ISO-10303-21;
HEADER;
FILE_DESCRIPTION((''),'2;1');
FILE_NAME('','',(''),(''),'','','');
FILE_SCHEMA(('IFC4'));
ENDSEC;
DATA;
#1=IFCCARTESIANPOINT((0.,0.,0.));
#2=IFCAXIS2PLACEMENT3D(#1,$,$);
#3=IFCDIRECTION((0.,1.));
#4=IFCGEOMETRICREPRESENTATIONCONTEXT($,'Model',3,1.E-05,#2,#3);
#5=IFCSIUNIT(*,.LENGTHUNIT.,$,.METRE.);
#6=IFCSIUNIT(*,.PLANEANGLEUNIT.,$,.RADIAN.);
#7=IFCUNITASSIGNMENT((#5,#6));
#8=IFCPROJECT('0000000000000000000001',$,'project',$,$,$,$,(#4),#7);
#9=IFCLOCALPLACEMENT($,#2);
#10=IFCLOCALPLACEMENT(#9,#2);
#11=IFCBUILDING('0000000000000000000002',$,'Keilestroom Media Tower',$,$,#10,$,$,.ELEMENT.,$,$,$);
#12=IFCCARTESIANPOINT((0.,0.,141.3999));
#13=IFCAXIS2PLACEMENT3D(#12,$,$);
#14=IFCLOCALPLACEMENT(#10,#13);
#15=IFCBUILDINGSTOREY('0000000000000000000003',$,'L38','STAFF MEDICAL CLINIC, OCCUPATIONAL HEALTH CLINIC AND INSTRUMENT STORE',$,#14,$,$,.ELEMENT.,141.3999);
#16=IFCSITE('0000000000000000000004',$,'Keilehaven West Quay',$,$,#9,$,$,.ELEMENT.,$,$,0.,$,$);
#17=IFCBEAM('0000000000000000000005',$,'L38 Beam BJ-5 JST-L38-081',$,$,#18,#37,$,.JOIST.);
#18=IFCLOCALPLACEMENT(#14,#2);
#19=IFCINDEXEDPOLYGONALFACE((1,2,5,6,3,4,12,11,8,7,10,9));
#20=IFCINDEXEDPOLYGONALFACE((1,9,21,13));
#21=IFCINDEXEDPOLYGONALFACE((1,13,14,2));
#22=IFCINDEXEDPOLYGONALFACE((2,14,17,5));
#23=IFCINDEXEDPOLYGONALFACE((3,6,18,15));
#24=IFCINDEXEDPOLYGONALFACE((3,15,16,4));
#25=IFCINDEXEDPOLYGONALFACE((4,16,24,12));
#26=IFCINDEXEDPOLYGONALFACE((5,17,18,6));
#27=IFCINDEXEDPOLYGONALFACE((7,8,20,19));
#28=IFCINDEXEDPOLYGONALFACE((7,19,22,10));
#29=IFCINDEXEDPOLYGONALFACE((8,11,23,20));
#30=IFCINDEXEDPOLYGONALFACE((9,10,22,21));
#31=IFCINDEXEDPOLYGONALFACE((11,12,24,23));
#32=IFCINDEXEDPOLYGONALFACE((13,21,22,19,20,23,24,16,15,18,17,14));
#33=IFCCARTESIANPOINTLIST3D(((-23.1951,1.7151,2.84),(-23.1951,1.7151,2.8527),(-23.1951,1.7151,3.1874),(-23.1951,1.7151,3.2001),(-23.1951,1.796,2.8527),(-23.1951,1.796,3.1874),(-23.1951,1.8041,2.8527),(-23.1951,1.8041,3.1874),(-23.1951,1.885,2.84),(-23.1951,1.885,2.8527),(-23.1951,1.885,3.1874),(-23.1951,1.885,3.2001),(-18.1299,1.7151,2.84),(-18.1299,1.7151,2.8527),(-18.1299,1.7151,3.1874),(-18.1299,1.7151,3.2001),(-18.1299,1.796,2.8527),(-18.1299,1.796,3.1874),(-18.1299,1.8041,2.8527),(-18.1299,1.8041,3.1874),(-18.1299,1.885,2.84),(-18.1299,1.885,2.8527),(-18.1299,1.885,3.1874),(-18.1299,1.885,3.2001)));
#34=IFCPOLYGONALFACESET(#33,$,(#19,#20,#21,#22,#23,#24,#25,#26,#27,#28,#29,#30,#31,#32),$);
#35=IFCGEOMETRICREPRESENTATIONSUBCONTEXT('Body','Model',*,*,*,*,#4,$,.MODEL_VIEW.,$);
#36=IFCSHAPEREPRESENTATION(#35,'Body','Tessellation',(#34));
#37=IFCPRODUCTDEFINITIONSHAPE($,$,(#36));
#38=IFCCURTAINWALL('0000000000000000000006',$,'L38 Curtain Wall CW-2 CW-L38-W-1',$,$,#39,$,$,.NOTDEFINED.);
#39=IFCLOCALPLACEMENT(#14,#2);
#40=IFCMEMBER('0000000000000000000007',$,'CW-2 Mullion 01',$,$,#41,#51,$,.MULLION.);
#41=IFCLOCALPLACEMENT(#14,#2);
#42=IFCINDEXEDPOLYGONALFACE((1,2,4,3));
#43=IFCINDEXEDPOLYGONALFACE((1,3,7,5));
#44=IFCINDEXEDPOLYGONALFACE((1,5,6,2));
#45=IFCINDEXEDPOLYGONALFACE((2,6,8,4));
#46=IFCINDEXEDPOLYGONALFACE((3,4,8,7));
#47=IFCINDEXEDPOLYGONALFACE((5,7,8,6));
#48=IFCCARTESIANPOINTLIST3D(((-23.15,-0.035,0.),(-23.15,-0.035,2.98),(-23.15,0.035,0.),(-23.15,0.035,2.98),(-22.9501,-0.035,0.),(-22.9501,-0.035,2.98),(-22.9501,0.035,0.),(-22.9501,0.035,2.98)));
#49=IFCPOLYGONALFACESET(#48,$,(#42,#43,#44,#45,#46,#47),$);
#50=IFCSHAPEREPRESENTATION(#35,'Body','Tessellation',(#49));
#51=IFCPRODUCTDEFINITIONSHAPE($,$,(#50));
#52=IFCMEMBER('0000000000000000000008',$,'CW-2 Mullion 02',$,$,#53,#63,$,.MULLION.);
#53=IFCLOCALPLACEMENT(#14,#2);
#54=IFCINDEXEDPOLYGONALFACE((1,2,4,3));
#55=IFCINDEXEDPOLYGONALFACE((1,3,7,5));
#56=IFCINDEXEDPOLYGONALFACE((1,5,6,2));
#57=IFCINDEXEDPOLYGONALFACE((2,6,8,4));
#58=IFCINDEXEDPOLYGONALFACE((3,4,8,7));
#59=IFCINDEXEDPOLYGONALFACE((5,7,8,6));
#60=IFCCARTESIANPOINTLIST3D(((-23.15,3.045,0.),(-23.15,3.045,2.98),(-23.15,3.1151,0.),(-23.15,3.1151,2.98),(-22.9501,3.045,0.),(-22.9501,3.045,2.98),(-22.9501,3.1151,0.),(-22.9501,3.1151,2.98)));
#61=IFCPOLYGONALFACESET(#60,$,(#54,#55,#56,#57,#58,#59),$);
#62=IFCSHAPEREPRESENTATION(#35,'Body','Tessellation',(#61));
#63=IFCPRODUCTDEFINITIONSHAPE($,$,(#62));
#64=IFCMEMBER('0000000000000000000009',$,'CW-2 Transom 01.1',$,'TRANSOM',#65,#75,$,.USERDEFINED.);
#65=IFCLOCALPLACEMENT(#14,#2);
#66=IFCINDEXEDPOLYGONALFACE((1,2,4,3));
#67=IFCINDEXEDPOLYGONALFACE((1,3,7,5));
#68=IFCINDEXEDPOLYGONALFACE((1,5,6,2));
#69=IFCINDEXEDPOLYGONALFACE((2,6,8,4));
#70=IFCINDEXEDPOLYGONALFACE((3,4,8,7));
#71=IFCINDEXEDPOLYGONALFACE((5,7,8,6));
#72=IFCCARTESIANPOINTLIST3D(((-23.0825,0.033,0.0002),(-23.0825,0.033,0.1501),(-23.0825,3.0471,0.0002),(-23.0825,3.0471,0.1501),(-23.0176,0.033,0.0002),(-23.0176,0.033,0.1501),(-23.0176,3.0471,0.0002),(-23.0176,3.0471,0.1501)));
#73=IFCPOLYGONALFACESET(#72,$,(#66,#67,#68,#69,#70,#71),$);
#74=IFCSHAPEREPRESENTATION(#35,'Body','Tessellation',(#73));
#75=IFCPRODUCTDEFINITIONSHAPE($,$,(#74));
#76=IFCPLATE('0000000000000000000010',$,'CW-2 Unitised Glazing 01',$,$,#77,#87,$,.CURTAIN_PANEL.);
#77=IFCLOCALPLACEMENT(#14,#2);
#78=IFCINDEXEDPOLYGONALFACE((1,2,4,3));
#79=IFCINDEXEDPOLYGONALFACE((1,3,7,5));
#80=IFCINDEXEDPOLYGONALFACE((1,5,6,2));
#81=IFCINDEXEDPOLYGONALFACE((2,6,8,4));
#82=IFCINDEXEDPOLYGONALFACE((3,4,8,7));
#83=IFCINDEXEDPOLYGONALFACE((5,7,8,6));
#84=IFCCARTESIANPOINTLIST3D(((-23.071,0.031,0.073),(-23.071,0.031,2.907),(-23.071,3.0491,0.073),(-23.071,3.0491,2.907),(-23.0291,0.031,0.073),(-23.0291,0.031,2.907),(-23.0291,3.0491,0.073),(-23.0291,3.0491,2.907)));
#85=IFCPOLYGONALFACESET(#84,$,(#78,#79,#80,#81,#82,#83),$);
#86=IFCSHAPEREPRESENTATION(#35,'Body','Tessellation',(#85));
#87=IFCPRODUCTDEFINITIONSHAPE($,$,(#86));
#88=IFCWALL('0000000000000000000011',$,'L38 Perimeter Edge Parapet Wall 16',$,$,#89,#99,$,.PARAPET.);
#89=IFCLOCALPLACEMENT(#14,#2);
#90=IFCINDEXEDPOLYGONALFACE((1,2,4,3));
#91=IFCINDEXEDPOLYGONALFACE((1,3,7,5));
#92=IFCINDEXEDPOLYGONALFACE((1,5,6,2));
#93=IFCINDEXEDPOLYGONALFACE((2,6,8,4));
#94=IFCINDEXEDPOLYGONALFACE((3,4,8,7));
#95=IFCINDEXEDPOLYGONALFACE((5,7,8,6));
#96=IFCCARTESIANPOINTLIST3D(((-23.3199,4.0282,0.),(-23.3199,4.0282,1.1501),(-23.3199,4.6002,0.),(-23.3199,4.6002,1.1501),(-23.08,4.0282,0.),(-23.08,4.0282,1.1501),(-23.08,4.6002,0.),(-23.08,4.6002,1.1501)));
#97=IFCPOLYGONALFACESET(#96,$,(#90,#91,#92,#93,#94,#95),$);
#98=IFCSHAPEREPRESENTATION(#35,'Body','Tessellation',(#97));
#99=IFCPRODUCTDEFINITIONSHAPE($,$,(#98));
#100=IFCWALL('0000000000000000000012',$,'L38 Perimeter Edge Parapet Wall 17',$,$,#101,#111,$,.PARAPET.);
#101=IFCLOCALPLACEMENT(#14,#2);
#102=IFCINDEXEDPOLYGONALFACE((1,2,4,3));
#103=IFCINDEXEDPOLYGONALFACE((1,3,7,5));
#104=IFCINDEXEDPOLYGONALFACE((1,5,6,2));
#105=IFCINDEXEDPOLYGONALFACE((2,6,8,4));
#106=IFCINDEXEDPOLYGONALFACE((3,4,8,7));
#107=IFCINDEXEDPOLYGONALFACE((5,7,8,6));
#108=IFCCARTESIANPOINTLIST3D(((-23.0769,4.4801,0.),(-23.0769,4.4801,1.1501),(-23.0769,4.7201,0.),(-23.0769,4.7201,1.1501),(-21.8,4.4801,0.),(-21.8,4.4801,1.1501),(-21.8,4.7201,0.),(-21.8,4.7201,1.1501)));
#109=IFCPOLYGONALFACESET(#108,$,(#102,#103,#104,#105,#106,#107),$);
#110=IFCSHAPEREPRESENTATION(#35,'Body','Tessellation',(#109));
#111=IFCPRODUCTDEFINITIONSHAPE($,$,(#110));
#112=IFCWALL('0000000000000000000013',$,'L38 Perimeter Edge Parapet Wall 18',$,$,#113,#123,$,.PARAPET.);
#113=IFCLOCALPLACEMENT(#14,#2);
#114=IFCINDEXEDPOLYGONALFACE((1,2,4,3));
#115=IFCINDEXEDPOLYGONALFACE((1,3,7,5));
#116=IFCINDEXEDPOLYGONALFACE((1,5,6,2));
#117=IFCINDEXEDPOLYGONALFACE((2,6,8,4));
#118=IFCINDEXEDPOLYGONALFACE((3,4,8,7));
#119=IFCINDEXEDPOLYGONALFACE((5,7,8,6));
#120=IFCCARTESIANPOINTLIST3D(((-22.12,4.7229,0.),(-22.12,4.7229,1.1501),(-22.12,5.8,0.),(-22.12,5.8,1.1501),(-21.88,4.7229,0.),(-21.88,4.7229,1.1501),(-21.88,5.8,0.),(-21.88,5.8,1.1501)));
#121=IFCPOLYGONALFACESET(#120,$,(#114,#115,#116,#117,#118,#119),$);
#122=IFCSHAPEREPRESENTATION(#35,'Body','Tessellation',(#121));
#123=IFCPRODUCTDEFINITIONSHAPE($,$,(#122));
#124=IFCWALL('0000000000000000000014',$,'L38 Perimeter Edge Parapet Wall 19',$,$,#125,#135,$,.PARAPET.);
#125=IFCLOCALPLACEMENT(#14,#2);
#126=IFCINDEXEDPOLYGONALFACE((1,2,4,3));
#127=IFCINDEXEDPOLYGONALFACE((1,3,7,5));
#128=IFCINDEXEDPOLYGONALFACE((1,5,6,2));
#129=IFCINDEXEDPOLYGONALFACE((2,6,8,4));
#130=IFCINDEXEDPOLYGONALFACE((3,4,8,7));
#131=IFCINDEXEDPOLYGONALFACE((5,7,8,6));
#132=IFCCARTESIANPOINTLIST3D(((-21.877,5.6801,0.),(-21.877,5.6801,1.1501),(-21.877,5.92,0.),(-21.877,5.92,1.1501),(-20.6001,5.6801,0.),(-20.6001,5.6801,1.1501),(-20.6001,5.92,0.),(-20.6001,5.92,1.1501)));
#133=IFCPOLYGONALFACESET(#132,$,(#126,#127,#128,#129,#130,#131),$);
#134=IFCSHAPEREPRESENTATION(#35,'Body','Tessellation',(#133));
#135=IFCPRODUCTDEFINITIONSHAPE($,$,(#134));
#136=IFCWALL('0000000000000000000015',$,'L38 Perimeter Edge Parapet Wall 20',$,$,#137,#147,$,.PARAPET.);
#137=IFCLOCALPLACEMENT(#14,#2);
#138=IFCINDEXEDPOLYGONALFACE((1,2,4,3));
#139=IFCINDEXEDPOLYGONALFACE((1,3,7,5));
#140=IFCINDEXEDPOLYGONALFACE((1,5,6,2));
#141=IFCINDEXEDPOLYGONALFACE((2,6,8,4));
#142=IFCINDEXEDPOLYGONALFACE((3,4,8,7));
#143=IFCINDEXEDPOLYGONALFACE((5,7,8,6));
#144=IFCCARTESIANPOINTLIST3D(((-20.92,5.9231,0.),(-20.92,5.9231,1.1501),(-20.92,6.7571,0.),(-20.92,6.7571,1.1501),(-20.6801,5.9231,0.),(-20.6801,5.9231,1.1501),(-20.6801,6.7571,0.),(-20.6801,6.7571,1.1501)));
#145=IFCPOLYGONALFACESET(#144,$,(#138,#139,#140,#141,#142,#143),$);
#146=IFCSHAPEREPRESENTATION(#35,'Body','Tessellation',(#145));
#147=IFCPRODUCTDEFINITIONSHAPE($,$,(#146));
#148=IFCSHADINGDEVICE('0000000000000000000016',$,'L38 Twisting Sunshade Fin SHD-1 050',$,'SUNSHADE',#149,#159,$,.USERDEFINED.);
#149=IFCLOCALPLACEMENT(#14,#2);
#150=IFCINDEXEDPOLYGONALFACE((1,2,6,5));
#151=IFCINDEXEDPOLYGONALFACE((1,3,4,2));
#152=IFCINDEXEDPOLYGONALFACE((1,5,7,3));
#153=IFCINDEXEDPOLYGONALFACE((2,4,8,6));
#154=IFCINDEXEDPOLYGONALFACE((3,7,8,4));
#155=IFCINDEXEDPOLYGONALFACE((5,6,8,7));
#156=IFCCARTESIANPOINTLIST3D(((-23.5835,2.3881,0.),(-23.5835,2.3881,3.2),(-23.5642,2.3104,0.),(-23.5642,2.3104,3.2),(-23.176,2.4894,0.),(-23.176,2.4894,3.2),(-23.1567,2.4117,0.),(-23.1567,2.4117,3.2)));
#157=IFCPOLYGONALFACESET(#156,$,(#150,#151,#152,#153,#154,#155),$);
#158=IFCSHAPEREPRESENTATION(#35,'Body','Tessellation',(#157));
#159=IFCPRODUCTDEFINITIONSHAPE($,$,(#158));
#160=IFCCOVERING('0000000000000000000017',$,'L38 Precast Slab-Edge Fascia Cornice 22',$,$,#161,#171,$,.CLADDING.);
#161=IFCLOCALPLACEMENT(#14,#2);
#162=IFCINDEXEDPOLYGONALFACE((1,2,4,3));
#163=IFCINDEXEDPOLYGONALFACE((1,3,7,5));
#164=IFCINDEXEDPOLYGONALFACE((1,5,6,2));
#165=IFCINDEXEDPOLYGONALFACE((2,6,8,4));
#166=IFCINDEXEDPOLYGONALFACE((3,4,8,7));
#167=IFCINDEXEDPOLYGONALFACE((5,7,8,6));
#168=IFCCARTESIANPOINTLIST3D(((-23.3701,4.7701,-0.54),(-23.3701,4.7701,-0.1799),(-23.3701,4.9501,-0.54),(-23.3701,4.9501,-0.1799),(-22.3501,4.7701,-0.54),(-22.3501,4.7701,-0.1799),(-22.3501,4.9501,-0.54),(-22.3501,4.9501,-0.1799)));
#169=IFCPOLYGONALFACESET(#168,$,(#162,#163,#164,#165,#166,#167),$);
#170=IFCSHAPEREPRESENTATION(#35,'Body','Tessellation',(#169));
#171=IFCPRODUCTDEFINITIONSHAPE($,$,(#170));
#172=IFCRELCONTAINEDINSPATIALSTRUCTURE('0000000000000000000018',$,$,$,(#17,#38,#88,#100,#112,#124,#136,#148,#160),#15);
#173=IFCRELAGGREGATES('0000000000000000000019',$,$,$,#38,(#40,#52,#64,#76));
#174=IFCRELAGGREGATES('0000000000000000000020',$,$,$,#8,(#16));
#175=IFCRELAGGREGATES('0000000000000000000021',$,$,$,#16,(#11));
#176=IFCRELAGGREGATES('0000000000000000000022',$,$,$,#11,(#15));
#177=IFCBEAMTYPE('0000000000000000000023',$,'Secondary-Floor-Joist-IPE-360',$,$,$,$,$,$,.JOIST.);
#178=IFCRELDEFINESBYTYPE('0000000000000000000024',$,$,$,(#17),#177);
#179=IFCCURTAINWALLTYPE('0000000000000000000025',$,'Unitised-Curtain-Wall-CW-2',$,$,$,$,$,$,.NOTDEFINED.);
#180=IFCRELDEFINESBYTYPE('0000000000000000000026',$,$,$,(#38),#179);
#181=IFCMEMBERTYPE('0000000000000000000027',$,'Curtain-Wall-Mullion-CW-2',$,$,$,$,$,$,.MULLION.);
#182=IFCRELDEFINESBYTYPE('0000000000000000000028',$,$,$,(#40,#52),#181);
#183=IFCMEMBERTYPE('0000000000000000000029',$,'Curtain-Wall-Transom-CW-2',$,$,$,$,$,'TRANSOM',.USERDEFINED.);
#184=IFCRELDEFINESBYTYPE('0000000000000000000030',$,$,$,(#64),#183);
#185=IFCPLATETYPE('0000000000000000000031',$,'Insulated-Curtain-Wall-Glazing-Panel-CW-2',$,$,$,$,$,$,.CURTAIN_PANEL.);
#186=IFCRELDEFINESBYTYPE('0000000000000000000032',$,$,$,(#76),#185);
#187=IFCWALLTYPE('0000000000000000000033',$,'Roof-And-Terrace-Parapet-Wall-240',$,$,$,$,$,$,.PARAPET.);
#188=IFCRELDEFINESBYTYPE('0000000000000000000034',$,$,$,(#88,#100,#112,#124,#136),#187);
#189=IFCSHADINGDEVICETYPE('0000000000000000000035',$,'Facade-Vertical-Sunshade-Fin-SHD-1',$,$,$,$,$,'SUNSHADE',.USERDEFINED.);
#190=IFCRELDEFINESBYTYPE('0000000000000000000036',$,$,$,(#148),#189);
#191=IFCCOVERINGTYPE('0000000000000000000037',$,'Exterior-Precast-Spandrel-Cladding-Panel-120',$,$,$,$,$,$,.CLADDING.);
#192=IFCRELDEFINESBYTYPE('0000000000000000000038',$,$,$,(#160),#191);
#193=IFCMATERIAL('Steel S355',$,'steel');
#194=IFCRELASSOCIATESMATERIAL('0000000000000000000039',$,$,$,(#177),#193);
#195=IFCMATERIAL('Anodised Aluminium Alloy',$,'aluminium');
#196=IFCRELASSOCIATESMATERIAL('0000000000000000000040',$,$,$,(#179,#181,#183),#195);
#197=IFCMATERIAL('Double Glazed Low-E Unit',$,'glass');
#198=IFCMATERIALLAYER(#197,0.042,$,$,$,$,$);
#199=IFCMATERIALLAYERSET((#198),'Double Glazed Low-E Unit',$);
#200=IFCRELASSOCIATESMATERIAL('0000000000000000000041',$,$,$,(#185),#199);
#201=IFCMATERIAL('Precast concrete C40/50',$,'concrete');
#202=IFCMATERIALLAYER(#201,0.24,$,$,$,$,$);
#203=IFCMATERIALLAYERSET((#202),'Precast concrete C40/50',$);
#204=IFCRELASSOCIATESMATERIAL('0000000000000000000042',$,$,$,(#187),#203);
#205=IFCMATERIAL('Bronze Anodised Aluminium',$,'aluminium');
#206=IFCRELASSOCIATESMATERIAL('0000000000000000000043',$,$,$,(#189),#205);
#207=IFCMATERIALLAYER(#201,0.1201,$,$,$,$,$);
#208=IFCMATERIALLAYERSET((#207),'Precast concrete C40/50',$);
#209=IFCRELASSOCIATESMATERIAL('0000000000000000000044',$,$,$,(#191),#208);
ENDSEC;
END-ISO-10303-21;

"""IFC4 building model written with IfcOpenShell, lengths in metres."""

from ifc_helpers import new_model, si_unit, direction, frame, frame_2d, origin, origin_2d, place, context, subcontext, project, spatial, rectangle, i_section, extrude, source, transform, mapped, material, layer, layer_set, material_profile, profile_set, type_object, element, aggregate, save


model = new_model("IFC4")

# Units and contexts
model_context = context("Model", 3, precision=1e-05, world=origin(), true_north=direction((0.0, 1.0)))
body_context = subcontext(model_context, "Body", "Model", "MODEL_VIEW")
ifc_project = project(units=[si_unit("LENGTHUNIT", "METRE"), si_unit("PLANEANGLEUNIT", "RADIAN")], contexts=[model_context])

# Site, building, storey
site_placement = place(None, origin())
site = spatial("IfcSite", under=ifc_project, at=site_placement, Name="Keilehaven West Quay", CompositionType="ELEMENT", RefElevation=0.0)
building_placement = place(site_placement, origin())
building = spatial("IfcBuilding", under=site, at=building_placement, Name="Keilestroom Media Tower", CompositionType="ELEMENT")
storey_placement = place(building_placement, frame((0.0, 0.0, 141.3999)))
storey = spatial("IfcBuildingStorey", under=building, at=storey_placement, Name="L38", Description="STAFF MEDICAL CLINIC, OCCUPATIONAL HEALTH CLINIC AND INSTRUMENT STORE", CompositionType="ELEMENT", Elevation=141.3999)

# Shared definitions
ifc_material_1 = material(Name="Precast concrete C40/50", Category="concrete")
ifc_material_2 = material(Name="Steel S355", Category="steel")

# Beam
ifc_material_profile_1 = material_profile(ifc_material_2, i_section(OverallWidth=0.1699, OverallDepth=0.3601, WebThickness=0.0081, FlangeThickness=0.0127, at=origin_2d()), Name="IPE 360")
ifc_profile_set_1 = profile_set([ifc_material_profile_1], Name="Steel S355")
beam_type_1 = type_object("IfcBeamType", Name="Secondary-Floor-Joist-IPE-360", PredefinedType="JOIST", material=ifc_profile_set_1)
shared_shape_1 = source(origin(), body_context, "Body", "SweptSolid", [
    extrude(i_section(OverallWidth=0.1699, OverallDepth=0.3601, WebThickness=0.0081, FlangeThickness=0.0127, at=origin_2d()), origin(), (0.0, 0.0, 1.0), 5.0652),
])
for number, where, z_axis, x_axis, name in (
    (1, (-23.1951, 1.8, 3.02), (1.0, 0.0, 0.0), (0.0, 1.0, 0.0), "L38 Beam BJ-5 JST-L38-081"),
):
    element("IfcBeam", number, at=place(storey_placement, frame(where, z_axis=z_axis, x_axis=x_axis)), inside=storey, type_object=beam_type_1, Name=name, PredefinedType="JOIST", context=body_context, shape_type="MappedRepresentation", body=[
        mapped(shared_shape_1, transform((0.0, 0.0, 0.0), x_axis=(1.0, 0.0, 0.0), y_axis=(0.0, 1.0, 0.0), z_axis=(0.0, 0.0, 1.0), scale=1.0)),
    ])

# Curtain wall, members, plate
ifc_material_3 = material(Name="Anodised Aluminium Alloy", Category="aluminium")
curtain_wall_type = type_object("IfcCurtainWallType", Name="Unitised-Curtain-Wall-CW-2", PredefinedType="NOTDEFINED", material=ifc_material_3)
curtain_wall_placement = place(storey_placement, origin())
curtain_wall = element("IfcCurtainWall", 2, at=curtain_wall_placement, inside=storey, type_object=curtain_wall_type, Name="L38 Curtain Wall CW-2 CW-L38-W-1", PredefinedType="NOTDEFINED")
ifc_material_profile_2 = material_profile(ifc_material_3, rectangle(XDim=0.0701, YDim=0.2, at=origin_2d()), Name="ALU MULLION 70x200")
ifc_profile_set_2 = profile_set([ifc_material_profile_2], Name="Anodised Aluminium Alloy")
member_type_1 = type_object("IfcMemberType", Name="Curtain-Wall-Mullion-CW-2", PredefinedType="MULLION", material=ifc_profile_set_2)
shared_shape_2 = source(origin(), body_context, "Body", "SweptSolid", [
    extrude(rectangle(XDim=0.0701, YDim=0.2, at=origin_2d()), origin(), (0.0, 0.0, 1.0), 2.98),
])
member_1_placement = place(storey_placement, frame((-23.05, 0.0, 0.0), z_axis=(0.0, 0.0, 1.0), x_axis=(0.0, 1.0, 0.0)))
member_1 = element("IfcMember", 3, at=member_1_placement, type_object=member_type_1, Name="CW-2 Mullion 01", PredefinedType="MULLION", context=body_context, shape_type="MappedRepresentation", body=[
    mapped(shared_shape_2, transform((0.0, 0.0, 0.0), x_axis=(1.0, 0.0, 0.0), y_axis=(0.0, 1.0, 0.0), z_axis=(0.0, 0.0, 1.0), scale=1.0)),
])
member_2_placement = place(storey_placement, frame((-23.05, 3.0801, 0.0), z_axis=(0.0, 0.0, 1.0), x_axis=(0.0, 1.0, 0.0)))
member_2 = element("IfcMember", 4, at=member_2_placement, type_object=member_type_1, Name="CW-2 Mullion 02", PredefinedType="MULLION", context=body_context, shape_type="MappedRepresentation", body=[
    mapped(shared_shape_2, transform((0.0, 0.0, 0.0), x_axis=(1.0, 0.0, 0.0), y_axis=(0.0, 1.0, 0.0), z_axis=(0.0, 0.0, 1.0), scale=1.0)),
])
ifc_material_profile_3 = material_profile(ifc_material_3, rectangle(XDim=0.0649, YDim=0.1499, at=origin_2d()), Name="ALU TRANSOM 65x150")
ifc_profile_set_3 = profile_set([ifc_material_profile_3], Name="Anodised Aluminium Alloy")
member_type_2 = type_object("IfcMemberType", Name="Curtain-Wall-Transom-CW-2", ElementType="TRANSOM", PredefinedType="USERDEFINED", material=ifc_profile_set_3)
shared_shape_3 = source(origin(), body_context, "Body", "SweptSolid", [
    extrude(rectangle(XDim=0.0649, YDim=0.1499, at=origin_2d()), origin(), (0.0, 0.0, 1.0), 3.0142),
])
member_3_placement = place(storey_placement, frame((-23.05, 0.033, 0.0752), z_axis=(0.0, 1.0, 0.0), x_axis=(-1.0, 0.0, 0.0)))
member_3 = element("IfcMember", 5, at=member_3_placement, type_object=member_type_2, Name="CW-2 Transom 01.1", ObjectType="TRANSOM", PredefinedType="USERDEFINED", context=body_context, shape_type="MappedRepresentation", body=[
    mapped(shared_shape_3, transform((0.0, 0.0, 0.0), x_axis=(1.0, 0.0, 0.0), y_axis=(0.0, 1.0, 0.0), z_axis=(0.0, 0.0, 1.0), scale=1.0)),
])
ifc_material_4 = material(Name="Double Glazed Low-E Unit", Category="glass")
ifc_layer_1 = layer(ifc_material_4, 0.042)
ifc_layer_set_1 = layer_set([ifc_layer_1], Name="Double Glazed Low-E Unit")
plate_type = type_object("IfcPlateType", Name="Insulated-Curtain-Wall-Glazing-Panel-CW-2", PredefinedType="CURTAIN_PANEL", material=ifc_layer_set_1)
shared_shape_4 = source(origin(), body_context, "Body", "SweptSolid", [
    extrude(rectangle(XDim=3.0181, YDim=0.042, at=origin_2d()), origin(), (0.0, 0.0, 1.0), 2.834),
])
plate_placement = place(storey_placement, frame((-23.05, 1.54, 0.073), z_axis=(0.0, 0.0, 1.0), x_axis=(0.0, 1.0, 0.0)))
plate = element("IfcPlate", 6, at=plate_placement, type_object=plate_type, Name="CW-2 Unitised Glazing 01", PredefinedType="CURTAIN_PANEL", context=body_context, shape_type="MappedRepresentation", body=[
    mapped(shared_shape_4, transform((0.0, 0.0, 0.0), x_axis=(1.0, 0.0, 0.0), y_axis=(0.0, 1.0, 0.0), z_axis=(0.0, 0.0, 1.0), scale=1.0)),
])
aggregate(curtain_wall, [member_1, member_2, member_3, plate])

# Walls
ifc_layer_2 = layer(ifc_material_1, 0.24)
ifc_layer_set_2 = layer_set([ifc_layer_2], Name="Precast concrete C40/50")
wall_type = type_object("IfcWallType", Name="Roof-And-Terrace-Parapet-Wall-240", PredefinedType="PARAPET", material=ifc_layer_set_2)
wall_1_placement = place(storey_placement, frame((-23.2, 4.0281, 0.0), z_axis=(0.0, 0.0, 1.0), x_axis=(0.0, 1.0, 0.0)))
element("IfcWall", 7, at=wall_1_placement, inside=storey, type_object=wall_type, Name="L38 Perimeter Edge Parapet Wall 16", PredefinedType="PARAPET", context=body_context, shape_type="SweptSolid", body=[
    extrude(rectangle(XDim=0.572, YDim=0.24, at=frame_2d((0.2861, 0.0))), origin(), (0.0, 0.0, 1.0), 1.1501),
])
wall_2_placement = place(storey_placement, frame((-23.0769, 4.6001, 0.0), z_axis=(0.0, 0.0, 1.0), x_axis=(1.0, 0.0, 0.0)))
element("IfcWall", 8, at=wall_2_placement, inside=storey, type_object=wall_type, Name="L38 Perimeter Edge Parapet Wall 17", PredefinedType="PARAPET", context=body_context, shape_type="SweptSolid", body=[
    extrude(rectangle(XDim=1.2769, YDim=0.24, at=frame_2d((0.6384, 0.0))), origin(), (0.0, 0.0, 1.0), 1.1501),
])
wall_3_placement = place(storey_placement, frame((-22.0, 4.7229, 0.0), z_axis=(0.0, 0.0, 1.0), x_axis=(0.0, 1.0, 0.0)))
element("IfcWall", 9, at=wall_3_placement, inside=storey, type_object=wall_type, Name="L38 Perimeter Edge Parapet Wall 18", PredefinedType="PARAPET", context=body_context, shape_type="SweptSolid", body=[
    extrude(rectangle(XDim=1.0771, YDim=0.24, at=frame_2d((0.5386, 0.0))), origin(), (0.0, 0.0, 1.0), 1.1501),
])
wall_4_placement = place(storey_placement, frame((-21.877, 5.8, 0.0), z_axis=(0.0, 0.0, 1.0), x_axis=(1.0, 0.0, 0.0)))
element("IfcWall", 10, at=wall_4_placement, inside=storey, type_object=wall_type, Name="L38 Perimeter Edge Parapet Wall 19", PredefinedType="PARAPET", context=body_context, shape_type="SweptSolid", body=[
    extrude(rectangle(XDim=1.2769, YDim=0.24, at=frame_2d((0.6384, 0.0))), origin(), (0.0, 0.0, 1.0), 1.1501),
])
wall_5_placement = place(storey_placement, frame((-20.8, 5.9231, 0.0), z_axis=(0.0, 0.0, 1.0), x_axis=(0.0, 1.0, 0.0)))
element("IfcWall", 11, at=wall_5_placement, inside=storey, type_object=wall_type, Name="L38 Perimeter Edge Parapet Wall 20", PredefinedType="PARAPET", context=body_context, shape_type="SweptSolid", body=[
    extrude(rectangle(XDim=0.834, YDim=0.24, at=frame_2d((0.417, 0.0))), origin(), (0.0, 0.0, 1.0), 1.1501),
])

# Shading device
ifc_material_5 = material(Name="Bronze Anodised Aluminium", Category="aluminium")
shading_device_type = type_object("IfcShadingDeviceType", Name="Facade-Vertical-Sunshade-Fin-SHD-1", ElementType="SUNSHADE", PredefinedType="USERDEFINED", material=ifc_material_5)
shared_shape_5 = source(origin(), body_context, "Body", "SweptSolid", [
    extrude(rectangle(XDim=0.4199, YDim=0.0801, at=origin_2d()), origin(), (0.0, 0.0, 1.0), 3.2),
])
shading_device_placement = place(storey_placement, frame((-23.3701, 2.3999, 0.0), z_axis=(0.0, 0.0, 1.0), x_axis=(0.970422, 0.241414, 0.0)))
element("IfcShadingDevice", 12, at=shading_device_placement, inside=storey, type_object=shading_device_type, Name="L38 Twisting Sunshade Fin SHD-1 050", ObjectType="SUNSHADE", PredefinedType="USERDEFINED", context=body_context, shape_type="MappedRepresentation", body=[
    mapped(shared_shape_5, transform((0.0, 0.0, 0.0), x_axis=(1.0, 0.0, 0.0), y_axis=(0.0, 1.0, 0.0), z_axis=(0.0, 0.0, 1.0), scale=1.0)),
])

# Covering
ifc_layer_3 = layer(ifc_material_1, 0.1201)
ifc_layer_set_3 = layer_set([ifc_layer_3], Name="Precast concrete C40/50")
covering_type = type_object("IfcCoveringType", Name="Exterior-Precast-Spandrel-Cladding-Panel-120", PredefinedType="CLADDING", material=ifc_layer_set_3)
shared_shape_6 = source(origin(), body_context, "Body", "SweptSolid", [
    extrude(rectangle(XDim=1.02, YDim=0.1799, at=origin_2d()), origin(), (0.0, 0.0, 1.0), 0.3601),
])
for number, where, z_axis, x_axis, name in (
    (13, (-22.8601, 4.8601, -0.54), (0.0, 0.0, 1.0), (1.0, 0.0, 0.0), "L38 Precast Slab-Edge Fascia Cornice 22"),
):
    element("IfcCovering", number, at=place(storey_placement, frame(where, z_axis=z_axis, x_axis=x_axis)), inside=storey, type_object=covering_type, Name=name, PredefinedType="CLADDING", context=body_context, shape_type="MappedRepresentation", body=[
        mapped(shared_shape_6, transform((0.0, 0.0, 0.0), x_axis=(1.0, 0.0, 0.0), y_axis=(0.0, 1.0, 0.0), z_axis=(0.0, 0.0, 1.0), scale=1.0)),
    ])

save(model, "model.ifc")
